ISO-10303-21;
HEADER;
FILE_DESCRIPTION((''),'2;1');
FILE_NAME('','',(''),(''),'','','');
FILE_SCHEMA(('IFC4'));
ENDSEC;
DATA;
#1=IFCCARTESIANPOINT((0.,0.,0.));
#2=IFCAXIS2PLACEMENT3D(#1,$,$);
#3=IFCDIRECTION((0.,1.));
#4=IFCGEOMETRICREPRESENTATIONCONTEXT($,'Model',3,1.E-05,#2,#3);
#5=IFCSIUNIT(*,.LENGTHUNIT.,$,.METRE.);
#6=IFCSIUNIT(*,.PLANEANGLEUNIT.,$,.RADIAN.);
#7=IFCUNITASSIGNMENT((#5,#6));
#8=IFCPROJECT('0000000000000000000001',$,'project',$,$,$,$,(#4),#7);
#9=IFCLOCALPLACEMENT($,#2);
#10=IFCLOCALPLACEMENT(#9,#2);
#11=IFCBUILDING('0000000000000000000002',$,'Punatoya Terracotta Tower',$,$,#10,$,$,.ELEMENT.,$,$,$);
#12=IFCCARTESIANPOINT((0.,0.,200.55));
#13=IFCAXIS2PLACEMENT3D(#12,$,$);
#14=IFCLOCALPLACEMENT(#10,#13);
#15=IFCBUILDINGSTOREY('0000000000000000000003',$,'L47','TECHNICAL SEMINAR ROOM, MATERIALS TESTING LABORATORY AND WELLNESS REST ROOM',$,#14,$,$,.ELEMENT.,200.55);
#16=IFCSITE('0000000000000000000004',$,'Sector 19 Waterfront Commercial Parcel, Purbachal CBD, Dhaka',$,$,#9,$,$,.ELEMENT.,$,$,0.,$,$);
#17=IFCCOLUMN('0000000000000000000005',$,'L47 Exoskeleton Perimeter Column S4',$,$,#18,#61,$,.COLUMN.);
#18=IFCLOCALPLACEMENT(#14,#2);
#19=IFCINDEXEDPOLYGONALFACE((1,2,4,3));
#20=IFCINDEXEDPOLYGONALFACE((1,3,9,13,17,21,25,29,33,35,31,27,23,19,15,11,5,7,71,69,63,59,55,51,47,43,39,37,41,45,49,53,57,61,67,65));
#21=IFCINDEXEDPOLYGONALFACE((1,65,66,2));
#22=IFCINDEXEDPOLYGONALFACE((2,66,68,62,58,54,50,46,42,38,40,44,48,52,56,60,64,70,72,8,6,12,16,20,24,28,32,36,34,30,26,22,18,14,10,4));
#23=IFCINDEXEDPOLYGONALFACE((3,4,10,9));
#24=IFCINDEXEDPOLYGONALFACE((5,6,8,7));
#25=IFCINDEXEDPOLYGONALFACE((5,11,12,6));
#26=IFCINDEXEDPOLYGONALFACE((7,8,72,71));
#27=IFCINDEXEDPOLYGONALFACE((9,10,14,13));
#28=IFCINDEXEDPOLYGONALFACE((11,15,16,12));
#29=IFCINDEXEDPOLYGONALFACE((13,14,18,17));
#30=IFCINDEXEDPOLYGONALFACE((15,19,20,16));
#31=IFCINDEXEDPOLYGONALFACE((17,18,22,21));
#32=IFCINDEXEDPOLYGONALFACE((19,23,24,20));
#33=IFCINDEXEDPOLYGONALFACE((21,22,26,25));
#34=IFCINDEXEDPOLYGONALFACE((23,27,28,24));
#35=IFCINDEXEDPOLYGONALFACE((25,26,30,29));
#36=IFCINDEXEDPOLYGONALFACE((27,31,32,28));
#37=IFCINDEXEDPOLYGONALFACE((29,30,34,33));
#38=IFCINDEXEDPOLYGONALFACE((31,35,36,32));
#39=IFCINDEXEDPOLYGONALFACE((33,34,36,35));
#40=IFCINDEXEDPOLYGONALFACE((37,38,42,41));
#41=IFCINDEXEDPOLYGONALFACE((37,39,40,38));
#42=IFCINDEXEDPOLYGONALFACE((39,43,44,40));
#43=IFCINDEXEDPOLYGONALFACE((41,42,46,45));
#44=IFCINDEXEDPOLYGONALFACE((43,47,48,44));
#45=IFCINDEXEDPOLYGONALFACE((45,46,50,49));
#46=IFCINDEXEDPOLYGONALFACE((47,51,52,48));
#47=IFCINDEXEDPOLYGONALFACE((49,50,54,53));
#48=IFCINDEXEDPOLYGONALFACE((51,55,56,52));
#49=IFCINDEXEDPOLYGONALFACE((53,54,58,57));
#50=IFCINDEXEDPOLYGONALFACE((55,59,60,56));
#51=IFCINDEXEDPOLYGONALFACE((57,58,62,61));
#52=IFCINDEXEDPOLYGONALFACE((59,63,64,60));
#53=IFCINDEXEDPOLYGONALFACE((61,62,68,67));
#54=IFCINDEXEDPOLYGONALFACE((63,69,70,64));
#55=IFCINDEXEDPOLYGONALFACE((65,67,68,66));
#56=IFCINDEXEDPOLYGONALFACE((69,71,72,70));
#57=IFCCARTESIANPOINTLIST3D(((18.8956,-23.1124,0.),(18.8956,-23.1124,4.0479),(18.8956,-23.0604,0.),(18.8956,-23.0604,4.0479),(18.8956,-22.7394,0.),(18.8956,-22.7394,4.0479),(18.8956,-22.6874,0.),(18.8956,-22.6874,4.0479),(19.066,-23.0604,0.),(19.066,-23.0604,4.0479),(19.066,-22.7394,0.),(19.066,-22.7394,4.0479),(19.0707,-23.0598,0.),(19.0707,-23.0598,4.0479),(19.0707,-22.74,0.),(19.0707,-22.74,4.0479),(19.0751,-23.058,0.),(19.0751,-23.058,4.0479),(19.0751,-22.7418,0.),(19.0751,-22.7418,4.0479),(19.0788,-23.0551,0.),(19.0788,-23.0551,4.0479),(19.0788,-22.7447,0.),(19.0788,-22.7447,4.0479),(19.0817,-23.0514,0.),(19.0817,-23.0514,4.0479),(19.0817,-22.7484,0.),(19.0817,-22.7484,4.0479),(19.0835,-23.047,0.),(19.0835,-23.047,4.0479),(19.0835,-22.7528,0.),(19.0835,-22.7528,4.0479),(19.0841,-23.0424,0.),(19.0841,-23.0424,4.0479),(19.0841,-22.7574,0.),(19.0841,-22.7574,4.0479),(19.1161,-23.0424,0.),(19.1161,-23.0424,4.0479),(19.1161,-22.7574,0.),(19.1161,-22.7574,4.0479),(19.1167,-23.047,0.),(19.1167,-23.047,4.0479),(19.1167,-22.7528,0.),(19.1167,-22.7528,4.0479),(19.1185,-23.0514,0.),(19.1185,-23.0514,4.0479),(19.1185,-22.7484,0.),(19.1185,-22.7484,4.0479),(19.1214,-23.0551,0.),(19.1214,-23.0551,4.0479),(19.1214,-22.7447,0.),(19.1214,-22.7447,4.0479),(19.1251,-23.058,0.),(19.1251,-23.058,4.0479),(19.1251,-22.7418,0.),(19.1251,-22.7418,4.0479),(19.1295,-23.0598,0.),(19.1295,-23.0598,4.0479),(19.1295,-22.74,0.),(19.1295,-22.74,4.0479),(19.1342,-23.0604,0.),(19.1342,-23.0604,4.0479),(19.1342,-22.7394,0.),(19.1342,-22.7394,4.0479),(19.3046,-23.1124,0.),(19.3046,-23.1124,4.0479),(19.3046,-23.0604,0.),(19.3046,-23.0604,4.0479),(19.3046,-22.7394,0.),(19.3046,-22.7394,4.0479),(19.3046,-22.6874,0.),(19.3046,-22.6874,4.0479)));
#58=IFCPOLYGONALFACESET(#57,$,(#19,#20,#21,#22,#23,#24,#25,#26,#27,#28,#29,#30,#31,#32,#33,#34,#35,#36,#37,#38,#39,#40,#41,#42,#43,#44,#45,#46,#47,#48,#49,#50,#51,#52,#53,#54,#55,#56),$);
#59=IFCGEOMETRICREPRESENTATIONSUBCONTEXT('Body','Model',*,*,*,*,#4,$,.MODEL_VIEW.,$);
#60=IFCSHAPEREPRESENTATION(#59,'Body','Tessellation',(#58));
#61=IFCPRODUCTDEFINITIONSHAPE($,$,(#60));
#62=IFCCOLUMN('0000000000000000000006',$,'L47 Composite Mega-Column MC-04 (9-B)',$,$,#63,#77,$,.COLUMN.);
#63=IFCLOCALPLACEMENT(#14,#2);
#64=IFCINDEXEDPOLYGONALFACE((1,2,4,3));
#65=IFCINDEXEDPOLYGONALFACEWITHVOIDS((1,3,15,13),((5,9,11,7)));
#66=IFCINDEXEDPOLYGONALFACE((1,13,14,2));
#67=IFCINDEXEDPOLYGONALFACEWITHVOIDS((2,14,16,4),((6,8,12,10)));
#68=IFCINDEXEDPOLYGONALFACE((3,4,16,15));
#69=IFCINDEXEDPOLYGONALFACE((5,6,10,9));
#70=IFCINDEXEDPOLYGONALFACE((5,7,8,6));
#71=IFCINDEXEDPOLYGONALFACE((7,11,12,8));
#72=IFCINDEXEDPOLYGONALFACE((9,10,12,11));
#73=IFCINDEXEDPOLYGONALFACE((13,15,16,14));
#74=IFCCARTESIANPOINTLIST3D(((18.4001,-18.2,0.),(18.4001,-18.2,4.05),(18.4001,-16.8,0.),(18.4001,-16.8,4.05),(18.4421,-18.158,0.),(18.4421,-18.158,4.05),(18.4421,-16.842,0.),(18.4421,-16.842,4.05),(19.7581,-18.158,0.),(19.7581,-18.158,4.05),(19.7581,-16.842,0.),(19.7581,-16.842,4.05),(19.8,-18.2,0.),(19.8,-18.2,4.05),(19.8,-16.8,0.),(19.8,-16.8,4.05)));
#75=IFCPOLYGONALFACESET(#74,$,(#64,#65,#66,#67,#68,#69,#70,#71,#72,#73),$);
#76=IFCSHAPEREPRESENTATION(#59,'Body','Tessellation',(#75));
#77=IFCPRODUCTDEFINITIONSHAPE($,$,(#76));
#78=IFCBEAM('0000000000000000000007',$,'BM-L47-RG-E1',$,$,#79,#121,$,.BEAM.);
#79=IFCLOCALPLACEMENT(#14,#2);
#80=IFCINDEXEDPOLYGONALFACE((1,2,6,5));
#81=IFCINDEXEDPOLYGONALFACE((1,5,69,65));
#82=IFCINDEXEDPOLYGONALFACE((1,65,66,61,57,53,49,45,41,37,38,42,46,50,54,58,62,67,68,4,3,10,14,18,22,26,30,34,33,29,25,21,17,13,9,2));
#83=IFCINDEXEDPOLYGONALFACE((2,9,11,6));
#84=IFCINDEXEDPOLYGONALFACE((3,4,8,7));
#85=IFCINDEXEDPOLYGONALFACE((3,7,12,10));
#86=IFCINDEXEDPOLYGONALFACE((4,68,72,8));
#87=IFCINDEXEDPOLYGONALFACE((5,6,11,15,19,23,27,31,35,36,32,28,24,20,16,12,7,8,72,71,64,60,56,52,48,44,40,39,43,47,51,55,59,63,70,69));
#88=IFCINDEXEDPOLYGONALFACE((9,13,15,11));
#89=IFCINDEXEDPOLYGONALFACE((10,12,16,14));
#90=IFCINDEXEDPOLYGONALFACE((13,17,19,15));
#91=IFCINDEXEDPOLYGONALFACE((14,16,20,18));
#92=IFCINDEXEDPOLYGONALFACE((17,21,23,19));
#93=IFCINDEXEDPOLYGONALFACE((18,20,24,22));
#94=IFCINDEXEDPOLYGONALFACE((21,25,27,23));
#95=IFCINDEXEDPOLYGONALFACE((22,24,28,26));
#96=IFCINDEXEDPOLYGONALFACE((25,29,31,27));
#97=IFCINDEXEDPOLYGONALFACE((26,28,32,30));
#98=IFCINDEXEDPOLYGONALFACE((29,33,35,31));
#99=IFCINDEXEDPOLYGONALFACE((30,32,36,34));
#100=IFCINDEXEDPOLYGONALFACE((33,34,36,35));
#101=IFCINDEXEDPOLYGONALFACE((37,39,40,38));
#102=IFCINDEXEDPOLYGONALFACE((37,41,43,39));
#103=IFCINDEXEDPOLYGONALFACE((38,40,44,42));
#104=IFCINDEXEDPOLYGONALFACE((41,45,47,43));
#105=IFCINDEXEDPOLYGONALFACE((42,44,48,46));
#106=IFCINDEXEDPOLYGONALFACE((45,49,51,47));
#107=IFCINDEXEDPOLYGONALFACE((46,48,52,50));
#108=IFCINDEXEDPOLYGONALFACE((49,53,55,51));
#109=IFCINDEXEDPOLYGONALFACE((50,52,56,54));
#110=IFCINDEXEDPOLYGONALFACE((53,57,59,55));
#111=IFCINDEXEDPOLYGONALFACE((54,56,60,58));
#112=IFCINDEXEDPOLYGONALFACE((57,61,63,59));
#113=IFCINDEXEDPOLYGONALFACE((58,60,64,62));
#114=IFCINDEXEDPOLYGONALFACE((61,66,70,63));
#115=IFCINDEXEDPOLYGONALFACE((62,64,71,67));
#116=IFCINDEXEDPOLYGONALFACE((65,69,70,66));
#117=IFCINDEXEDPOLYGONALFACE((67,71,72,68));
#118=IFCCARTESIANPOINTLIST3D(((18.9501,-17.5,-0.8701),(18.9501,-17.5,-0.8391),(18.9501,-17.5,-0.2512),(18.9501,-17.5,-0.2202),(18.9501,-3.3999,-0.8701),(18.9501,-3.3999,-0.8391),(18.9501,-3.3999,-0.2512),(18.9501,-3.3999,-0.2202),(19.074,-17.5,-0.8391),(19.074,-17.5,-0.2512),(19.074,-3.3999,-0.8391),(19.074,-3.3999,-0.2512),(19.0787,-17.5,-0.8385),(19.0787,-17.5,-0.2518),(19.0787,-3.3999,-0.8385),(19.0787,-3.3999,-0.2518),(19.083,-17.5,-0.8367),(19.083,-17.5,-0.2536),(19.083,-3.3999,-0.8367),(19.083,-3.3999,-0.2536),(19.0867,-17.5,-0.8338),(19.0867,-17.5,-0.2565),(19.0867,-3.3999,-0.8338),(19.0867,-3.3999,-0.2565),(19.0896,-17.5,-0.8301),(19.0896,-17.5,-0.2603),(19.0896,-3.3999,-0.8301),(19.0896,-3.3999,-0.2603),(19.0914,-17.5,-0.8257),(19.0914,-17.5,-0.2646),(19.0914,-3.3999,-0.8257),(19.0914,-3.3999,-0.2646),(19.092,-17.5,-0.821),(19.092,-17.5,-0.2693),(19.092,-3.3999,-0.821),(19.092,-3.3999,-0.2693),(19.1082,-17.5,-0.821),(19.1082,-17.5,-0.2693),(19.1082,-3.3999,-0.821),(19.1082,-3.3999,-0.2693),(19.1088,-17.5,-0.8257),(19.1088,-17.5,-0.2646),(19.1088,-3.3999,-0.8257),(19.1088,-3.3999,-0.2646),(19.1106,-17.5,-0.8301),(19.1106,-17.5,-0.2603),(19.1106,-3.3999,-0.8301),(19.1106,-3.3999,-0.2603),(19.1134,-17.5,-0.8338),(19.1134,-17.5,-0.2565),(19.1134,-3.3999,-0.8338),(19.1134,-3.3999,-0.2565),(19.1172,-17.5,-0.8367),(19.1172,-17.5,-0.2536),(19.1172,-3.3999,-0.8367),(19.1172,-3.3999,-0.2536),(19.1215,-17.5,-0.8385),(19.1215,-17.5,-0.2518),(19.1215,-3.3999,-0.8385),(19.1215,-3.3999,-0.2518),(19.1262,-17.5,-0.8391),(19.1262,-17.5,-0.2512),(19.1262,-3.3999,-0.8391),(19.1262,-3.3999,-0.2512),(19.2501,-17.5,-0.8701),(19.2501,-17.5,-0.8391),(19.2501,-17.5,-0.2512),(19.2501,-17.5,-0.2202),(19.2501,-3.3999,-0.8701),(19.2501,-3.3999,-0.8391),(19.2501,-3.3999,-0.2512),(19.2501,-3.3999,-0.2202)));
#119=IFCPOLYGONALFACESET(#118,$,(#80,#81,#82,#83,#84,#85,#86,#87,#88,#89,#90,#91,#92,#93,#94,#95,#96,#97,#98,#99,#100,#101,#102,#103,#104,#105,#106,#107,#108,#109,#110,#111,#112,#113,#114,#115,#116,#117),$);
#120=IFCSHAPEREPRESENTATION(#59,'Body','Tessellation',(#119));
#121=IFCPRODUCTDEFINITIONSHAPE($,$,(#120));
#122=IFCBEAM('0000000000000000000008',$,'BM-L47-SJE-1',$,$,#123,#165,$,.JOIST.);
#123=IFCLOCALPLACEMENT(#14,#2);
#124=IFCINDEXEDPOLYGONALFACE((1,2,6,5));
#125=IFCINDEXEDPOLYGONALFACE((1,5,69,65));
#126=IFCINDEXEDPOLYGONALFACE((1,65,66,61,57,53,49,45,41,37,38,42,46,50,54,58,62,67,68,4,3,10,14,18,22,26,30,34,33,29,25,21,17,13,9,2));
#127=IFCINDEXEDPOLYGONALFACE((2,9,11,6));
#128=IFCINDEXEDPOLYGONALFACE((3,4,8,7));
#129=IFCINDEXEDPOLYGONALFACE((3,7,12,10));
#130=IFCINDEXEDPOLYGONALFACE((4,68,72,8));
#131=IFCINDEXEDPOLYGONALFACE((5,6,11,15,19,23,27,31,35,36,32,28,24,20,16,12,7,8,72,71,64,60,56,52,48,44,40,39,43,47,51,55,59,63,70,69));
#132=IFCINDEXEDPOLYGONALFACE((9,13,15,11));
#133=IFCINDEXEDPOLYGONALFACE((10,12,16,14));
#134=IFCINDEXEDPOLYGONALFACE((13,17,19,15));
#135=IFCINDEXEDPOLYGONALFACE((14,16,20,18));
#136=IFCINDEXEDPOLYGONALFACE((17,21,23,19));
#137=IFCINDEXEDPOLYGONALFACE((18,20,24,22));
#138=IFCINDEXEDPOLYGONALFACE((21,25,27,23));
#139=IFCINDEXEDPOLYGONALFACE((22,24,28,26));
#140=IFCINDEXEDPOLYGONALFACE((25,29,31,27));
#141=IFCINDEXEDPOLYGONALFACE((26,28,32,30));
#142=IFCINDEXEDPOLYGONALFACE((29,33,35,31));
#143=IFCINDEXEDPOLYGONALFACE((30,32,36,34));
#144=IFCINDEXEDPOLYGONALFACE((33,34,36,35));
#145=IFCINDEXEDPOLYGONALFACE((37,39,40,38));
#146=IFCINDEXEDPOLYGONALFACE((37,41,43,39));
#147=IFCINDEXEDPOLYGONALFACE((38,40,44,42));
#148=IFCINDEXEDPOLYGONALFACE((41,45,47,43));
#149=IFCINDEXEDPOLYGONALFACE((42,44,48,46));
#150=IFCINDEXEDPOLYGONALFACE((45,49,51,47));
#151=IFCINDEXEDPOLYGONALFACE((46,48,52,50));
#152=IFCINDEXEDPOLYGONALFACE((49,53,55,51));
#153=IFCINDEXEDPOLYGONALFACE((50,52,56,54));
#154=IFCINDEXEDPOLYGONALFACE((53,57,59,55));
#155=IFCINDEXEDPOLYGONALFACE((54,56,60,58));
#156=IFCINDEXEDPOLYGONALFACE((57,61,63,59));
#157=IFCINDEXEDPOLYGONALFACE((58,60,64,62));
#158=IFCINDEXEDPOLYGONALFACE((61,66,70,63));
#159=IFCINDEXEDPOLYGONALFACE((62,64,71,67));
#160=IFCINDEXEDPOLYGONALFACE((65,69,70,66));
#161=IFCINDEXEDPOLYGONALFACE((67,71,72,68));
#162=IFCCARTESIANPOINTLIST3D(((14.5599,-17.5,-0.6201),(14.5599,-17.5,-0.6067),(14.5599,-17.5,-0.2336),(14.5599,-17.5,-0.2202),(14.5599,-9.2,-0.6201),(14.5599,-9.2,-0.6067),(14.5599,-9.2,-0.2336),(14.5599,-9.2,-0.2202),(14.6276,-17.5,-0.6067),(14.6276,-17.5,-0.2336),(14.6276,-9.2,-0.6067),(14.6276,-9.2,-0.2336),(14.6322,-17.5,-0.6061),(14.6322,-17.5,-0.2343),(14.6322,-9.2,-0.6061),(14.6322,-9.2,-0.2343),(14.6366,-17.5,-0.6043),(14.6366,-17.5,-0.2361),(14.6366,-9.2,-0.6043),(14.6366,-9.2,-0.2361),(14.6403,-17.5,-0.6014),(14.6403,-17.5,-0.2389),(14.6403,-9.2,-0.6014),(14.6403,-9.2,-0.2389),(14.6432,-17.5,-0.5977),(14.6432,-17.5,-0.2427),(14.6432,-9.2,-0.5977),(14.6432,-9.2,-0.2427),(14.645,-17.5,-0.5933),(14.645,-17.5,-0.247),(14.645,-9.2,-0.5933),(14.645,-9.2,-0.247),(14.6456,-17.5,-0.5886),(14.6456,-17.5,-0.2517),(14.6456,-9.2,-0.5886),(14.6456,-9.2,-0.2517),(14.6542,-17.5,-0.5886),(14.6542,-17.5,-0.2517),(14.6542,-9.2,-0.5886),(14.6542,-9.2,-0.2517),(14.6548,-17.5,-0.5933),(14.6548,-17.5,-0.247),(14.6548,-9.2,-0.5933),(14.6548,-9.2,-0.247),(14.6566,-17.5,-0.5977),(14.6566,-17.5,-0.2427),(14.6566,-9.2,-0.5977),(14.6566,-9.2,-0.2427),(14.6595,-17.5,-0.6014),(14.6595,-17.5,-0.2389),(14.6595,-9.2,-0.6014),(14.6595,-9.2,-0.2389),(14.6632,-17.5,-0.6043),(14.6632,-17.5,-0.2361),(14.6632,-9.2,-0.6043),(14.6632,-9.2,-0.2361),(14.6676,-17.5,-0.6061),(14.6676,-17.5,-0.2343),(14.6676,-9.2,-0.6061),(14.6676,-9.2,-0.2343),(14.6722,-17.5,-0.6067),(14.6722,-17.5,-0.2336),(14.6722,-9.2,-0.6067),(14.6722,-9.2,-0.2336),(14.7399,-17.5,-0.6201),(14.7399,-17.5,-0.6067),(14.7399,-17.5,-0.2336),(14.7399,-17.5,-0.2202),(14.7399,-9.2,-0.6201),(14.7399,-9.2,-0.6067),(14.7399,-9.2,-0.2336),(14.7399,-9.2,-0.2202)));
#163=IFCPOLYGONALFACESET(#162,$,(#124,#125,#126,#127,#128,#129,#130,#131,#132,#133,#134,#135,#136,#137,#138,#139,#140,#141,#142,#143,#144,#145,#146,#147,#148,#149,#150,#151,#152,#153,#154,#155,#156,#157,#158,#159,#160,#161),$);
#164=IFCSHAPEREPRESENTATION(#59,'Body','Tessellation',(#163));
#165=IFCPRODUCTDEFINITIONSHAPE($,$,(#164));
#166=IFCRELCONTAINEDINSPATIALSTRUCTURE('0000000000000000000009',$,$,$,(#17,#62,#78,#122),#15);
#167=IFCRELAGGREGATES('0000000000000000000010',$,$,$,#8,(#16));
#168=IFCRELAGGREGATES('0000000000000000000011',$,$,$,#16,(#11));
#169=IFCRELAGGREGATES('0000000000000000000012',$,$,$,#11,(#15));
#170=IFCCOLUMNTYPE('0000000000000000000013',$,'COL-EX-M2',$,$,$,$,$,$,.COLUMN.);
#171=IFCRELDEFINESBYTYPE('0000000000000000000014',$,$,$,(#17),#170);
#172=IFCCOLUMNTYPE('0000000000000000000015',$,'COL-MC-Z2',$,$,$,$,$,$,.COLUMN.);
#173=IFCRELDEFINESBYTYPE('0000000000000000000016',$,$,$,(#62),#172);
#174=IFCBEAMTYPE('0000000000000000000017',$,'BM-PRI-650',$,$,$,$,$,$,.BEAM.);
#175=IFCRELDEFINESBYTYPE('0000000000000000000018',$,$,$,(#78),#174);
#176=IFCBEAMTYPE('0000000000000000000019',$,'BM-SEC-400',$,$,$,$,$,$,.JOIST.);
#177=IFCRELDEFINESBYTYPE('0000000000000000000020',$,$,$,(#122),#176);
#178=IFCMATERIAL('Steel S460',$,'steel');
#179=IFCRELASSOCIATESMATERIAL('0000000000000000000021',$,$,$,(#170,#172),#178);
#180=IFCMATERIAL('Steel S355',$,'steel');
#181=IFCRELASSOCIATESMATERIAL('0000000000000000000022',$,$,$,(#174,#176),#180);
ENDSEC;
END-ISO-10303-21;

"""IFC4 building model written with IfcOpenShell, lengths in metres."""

from ifc_helpers import new_model, si_unit, direction, frame, origin, origin_2d, place, context, subcontext, project, spatial, hollow_rectangle, i_section, extrude, material, material_profile, profile_set, type_object, element, save


model = new_model("IFC4")

# Units and contexts
model_context = context("Model", 3, precision=1e-05, world=origin(), true_north=direction((0.0, 1.0)))
body_context = subcontext(model_context, "Body", "Model", "MODEL_VIEW")
ifc_project = project(units=[si_unit("LENGTHUNIT", "METRE"), si_unit("PLANEANGLEUNIT", "RADIAN")], contexts=[model_context])

# Site, building, storey
site_placement = place(None, origin())
site = spatial("IfcSite", under=ifc_project, at=site_placement, Name="Sector 19 Waterfront Commercial Parcel, Purbachal CBD, Dhaka", CompositionType="ELEMENT", RefElevation=0.0)
building_placement = place(site_placement, origin())
building = spatial("IfcBuilding", under=site, at=building_placement, Name="Punatoya Terracotta Tower", CompositionType="ELEMENT")
storey_placement = place(building_placement, frame((0.0, 0.0, 200.55)))
storey = spatial("IfcBuildingStorey", under=building, at=storey_placement, Name="L47", Description="TECHNICAL SEMINAR ROOM, MATERIALS TESTING LABORATORY AND WELLNESS REST ROOM", CompositionType="ELEMENT", Elevation=200.55)

# Columns
ifc_material_1 = material(Name="Steel S460", Category="steel")
ifc_material_profile_1 = material_profile(ifc_material_1, i_section(OverallWidth=0.4089, OverallDepth=0.425, WebThickness=0.032, FlangeThickness=0.052, FilletRadius=0.0181, at=origin_2d()))
ifc_profile_set_1 = profile_set([ifc_material_profile_1], Name="Steel S460")
column_type_1 = type_object("IfcColumnType", Name="COL-EX-M2", PredefinedType="COLUMN", material=ifc_profile_set_1)
column_1_placement = place(storey_placement, frame((19.1001, -22.8999, 0.0), z_axis=(0.0, 0.0, 1.0), x_axis=(1.0, 0.0, 0.0)))
element("IfcColumn", 1, at=column_1_placement, inside=storey, type_object=column_type_1, Name="L47 Exoskeleton Perimeter Column S4", PredefinedType="COLUMN", context=body_context, shape_type="SweptSolid", body=[
    extrude(i_section(OverallWidth=0.4089, OverallDepth=0.425, WebThickness=0.032, FlangeThickness=0.052, FilletRadius=0.0181, at=origin_2d()), origin(), (0.0, 0.0, 1.0), 4.0479),
])
ifc_material_profile_2 = material_profile(ifc_material_1, hollow_rectangle(XDim=1.3999, YDim=1.3999, WallThickness=0.042, at=origin_2d()))
ifc_profile_set_2 = profile_set([ifc_material_profile_2], Name="Steel S460")
column_type_2 = type_object("IfcColumnType", Name="COL-MC-Z2", PredefinedType="COLUMN", material=ifc_profile_set_2)
column_2_placement = place(storey_placement, frame((19.1001, -17.5, 0.0), z_axis=(0.0, 0.0, 1.0), x_axis=(1.0, 0.0, 0.0)))
element("IfcColumn", 2, at=column_2_placement, inside=storey, type_object=column_type_2, Name="L47 Composite Mega-Column MC-04 (9-B)", PredefinedType="COLUMN", context=body_context, shape_type="SweptSolid", body=[
    extrude(hollow_rectangle(XDim=1.3999, YDim=1.3999, WallThickness=0.042, at=origin_2d()), origin(), (0.0, 0.0, 1.0), 4.05),
])

# Beams
ifc_material_2 = material(Name="Steel S355", Category="steel")
ifc_material_profile_3 = material_profile(ifc_material_2, i_section(OverallWidth=0.3, OverallDepth=0.6499, WebThickness=0.0161, FlangeThickness=0.031, FilletRadius=0.0181, at=origin_2d()))
ifc_profile_set_3 = profile_set([ifc_material_profile_3], Name="Steel S355")
beam_type_1 = type_object("IfcBeamType", Name="BM-PRI-650", PredefinedType="BEAM", material=ifc_profile_set_3)
beam_1_placement = place(storey_placement, frame((19.1001, -17.5, -0.5452), z_axis=(0.0, 1.0, 0.0), x_axis=(-1.0, 0.0, 0.0)))
element("IfcBeam", 3, at=beam_1_placement, inside=storey, type_object=beam_type_1, Name="BM-L47-RG-E1", PredefinedType="BEAM", context=body_context, shape_type="SweptSolid", body=[
    extrude(i_section(OverallWidth=0.3, OverallDepth=0.6499, WebThickness=0.0161, FlangeThickness=0.031, FilletRadius=0.0181, at=origin_2d()), origin(), (0.0, 0.0, 1.0), 14.1001),
])
ifc_material_profile_4 = material_profile(ifc_material_2, i_section(OverallWidth=0.1799, OverallDepth=0.3999, WebThickness=0.0085, FlangeThickness=0.0134, FilletRadius=0.0181, at=origin_2d()))
ifc_profile_set_4 = profile_set([ifc_material_profile_4], Name="Steel S355")
beam_type_2 = type_object("IfcBeamType", Name="BM-SEC-400", PredefinedType="JOIST", material=ifc_profile_set_4)
beam_2_placement = place(storey_placement, frame((14.6499, -17.5, -0.4202), z_axis=(0.0, 1.0, 0.0), x_axis=(-1.0, 0.0, 0.0)))
element("IfcBeam", 4, at=beam_2_placement, inside=storey, type_object=beam_type_2, Name="BM-L47-SJE-1", PredefinedType="JOIST", context=body_context, shape_type="SweptSolid", body=[
    extrude(i_section(OverallWidth=0.1799, OverallDepth=0.3999, WebThickness=0.0085, FlangeThickness=0.0134, FilletRadius=0.0181, at=origin_2d()), origin(), (0.0, 0.0, 1.0), 8.3),
])

save(model, "model.ifc")
